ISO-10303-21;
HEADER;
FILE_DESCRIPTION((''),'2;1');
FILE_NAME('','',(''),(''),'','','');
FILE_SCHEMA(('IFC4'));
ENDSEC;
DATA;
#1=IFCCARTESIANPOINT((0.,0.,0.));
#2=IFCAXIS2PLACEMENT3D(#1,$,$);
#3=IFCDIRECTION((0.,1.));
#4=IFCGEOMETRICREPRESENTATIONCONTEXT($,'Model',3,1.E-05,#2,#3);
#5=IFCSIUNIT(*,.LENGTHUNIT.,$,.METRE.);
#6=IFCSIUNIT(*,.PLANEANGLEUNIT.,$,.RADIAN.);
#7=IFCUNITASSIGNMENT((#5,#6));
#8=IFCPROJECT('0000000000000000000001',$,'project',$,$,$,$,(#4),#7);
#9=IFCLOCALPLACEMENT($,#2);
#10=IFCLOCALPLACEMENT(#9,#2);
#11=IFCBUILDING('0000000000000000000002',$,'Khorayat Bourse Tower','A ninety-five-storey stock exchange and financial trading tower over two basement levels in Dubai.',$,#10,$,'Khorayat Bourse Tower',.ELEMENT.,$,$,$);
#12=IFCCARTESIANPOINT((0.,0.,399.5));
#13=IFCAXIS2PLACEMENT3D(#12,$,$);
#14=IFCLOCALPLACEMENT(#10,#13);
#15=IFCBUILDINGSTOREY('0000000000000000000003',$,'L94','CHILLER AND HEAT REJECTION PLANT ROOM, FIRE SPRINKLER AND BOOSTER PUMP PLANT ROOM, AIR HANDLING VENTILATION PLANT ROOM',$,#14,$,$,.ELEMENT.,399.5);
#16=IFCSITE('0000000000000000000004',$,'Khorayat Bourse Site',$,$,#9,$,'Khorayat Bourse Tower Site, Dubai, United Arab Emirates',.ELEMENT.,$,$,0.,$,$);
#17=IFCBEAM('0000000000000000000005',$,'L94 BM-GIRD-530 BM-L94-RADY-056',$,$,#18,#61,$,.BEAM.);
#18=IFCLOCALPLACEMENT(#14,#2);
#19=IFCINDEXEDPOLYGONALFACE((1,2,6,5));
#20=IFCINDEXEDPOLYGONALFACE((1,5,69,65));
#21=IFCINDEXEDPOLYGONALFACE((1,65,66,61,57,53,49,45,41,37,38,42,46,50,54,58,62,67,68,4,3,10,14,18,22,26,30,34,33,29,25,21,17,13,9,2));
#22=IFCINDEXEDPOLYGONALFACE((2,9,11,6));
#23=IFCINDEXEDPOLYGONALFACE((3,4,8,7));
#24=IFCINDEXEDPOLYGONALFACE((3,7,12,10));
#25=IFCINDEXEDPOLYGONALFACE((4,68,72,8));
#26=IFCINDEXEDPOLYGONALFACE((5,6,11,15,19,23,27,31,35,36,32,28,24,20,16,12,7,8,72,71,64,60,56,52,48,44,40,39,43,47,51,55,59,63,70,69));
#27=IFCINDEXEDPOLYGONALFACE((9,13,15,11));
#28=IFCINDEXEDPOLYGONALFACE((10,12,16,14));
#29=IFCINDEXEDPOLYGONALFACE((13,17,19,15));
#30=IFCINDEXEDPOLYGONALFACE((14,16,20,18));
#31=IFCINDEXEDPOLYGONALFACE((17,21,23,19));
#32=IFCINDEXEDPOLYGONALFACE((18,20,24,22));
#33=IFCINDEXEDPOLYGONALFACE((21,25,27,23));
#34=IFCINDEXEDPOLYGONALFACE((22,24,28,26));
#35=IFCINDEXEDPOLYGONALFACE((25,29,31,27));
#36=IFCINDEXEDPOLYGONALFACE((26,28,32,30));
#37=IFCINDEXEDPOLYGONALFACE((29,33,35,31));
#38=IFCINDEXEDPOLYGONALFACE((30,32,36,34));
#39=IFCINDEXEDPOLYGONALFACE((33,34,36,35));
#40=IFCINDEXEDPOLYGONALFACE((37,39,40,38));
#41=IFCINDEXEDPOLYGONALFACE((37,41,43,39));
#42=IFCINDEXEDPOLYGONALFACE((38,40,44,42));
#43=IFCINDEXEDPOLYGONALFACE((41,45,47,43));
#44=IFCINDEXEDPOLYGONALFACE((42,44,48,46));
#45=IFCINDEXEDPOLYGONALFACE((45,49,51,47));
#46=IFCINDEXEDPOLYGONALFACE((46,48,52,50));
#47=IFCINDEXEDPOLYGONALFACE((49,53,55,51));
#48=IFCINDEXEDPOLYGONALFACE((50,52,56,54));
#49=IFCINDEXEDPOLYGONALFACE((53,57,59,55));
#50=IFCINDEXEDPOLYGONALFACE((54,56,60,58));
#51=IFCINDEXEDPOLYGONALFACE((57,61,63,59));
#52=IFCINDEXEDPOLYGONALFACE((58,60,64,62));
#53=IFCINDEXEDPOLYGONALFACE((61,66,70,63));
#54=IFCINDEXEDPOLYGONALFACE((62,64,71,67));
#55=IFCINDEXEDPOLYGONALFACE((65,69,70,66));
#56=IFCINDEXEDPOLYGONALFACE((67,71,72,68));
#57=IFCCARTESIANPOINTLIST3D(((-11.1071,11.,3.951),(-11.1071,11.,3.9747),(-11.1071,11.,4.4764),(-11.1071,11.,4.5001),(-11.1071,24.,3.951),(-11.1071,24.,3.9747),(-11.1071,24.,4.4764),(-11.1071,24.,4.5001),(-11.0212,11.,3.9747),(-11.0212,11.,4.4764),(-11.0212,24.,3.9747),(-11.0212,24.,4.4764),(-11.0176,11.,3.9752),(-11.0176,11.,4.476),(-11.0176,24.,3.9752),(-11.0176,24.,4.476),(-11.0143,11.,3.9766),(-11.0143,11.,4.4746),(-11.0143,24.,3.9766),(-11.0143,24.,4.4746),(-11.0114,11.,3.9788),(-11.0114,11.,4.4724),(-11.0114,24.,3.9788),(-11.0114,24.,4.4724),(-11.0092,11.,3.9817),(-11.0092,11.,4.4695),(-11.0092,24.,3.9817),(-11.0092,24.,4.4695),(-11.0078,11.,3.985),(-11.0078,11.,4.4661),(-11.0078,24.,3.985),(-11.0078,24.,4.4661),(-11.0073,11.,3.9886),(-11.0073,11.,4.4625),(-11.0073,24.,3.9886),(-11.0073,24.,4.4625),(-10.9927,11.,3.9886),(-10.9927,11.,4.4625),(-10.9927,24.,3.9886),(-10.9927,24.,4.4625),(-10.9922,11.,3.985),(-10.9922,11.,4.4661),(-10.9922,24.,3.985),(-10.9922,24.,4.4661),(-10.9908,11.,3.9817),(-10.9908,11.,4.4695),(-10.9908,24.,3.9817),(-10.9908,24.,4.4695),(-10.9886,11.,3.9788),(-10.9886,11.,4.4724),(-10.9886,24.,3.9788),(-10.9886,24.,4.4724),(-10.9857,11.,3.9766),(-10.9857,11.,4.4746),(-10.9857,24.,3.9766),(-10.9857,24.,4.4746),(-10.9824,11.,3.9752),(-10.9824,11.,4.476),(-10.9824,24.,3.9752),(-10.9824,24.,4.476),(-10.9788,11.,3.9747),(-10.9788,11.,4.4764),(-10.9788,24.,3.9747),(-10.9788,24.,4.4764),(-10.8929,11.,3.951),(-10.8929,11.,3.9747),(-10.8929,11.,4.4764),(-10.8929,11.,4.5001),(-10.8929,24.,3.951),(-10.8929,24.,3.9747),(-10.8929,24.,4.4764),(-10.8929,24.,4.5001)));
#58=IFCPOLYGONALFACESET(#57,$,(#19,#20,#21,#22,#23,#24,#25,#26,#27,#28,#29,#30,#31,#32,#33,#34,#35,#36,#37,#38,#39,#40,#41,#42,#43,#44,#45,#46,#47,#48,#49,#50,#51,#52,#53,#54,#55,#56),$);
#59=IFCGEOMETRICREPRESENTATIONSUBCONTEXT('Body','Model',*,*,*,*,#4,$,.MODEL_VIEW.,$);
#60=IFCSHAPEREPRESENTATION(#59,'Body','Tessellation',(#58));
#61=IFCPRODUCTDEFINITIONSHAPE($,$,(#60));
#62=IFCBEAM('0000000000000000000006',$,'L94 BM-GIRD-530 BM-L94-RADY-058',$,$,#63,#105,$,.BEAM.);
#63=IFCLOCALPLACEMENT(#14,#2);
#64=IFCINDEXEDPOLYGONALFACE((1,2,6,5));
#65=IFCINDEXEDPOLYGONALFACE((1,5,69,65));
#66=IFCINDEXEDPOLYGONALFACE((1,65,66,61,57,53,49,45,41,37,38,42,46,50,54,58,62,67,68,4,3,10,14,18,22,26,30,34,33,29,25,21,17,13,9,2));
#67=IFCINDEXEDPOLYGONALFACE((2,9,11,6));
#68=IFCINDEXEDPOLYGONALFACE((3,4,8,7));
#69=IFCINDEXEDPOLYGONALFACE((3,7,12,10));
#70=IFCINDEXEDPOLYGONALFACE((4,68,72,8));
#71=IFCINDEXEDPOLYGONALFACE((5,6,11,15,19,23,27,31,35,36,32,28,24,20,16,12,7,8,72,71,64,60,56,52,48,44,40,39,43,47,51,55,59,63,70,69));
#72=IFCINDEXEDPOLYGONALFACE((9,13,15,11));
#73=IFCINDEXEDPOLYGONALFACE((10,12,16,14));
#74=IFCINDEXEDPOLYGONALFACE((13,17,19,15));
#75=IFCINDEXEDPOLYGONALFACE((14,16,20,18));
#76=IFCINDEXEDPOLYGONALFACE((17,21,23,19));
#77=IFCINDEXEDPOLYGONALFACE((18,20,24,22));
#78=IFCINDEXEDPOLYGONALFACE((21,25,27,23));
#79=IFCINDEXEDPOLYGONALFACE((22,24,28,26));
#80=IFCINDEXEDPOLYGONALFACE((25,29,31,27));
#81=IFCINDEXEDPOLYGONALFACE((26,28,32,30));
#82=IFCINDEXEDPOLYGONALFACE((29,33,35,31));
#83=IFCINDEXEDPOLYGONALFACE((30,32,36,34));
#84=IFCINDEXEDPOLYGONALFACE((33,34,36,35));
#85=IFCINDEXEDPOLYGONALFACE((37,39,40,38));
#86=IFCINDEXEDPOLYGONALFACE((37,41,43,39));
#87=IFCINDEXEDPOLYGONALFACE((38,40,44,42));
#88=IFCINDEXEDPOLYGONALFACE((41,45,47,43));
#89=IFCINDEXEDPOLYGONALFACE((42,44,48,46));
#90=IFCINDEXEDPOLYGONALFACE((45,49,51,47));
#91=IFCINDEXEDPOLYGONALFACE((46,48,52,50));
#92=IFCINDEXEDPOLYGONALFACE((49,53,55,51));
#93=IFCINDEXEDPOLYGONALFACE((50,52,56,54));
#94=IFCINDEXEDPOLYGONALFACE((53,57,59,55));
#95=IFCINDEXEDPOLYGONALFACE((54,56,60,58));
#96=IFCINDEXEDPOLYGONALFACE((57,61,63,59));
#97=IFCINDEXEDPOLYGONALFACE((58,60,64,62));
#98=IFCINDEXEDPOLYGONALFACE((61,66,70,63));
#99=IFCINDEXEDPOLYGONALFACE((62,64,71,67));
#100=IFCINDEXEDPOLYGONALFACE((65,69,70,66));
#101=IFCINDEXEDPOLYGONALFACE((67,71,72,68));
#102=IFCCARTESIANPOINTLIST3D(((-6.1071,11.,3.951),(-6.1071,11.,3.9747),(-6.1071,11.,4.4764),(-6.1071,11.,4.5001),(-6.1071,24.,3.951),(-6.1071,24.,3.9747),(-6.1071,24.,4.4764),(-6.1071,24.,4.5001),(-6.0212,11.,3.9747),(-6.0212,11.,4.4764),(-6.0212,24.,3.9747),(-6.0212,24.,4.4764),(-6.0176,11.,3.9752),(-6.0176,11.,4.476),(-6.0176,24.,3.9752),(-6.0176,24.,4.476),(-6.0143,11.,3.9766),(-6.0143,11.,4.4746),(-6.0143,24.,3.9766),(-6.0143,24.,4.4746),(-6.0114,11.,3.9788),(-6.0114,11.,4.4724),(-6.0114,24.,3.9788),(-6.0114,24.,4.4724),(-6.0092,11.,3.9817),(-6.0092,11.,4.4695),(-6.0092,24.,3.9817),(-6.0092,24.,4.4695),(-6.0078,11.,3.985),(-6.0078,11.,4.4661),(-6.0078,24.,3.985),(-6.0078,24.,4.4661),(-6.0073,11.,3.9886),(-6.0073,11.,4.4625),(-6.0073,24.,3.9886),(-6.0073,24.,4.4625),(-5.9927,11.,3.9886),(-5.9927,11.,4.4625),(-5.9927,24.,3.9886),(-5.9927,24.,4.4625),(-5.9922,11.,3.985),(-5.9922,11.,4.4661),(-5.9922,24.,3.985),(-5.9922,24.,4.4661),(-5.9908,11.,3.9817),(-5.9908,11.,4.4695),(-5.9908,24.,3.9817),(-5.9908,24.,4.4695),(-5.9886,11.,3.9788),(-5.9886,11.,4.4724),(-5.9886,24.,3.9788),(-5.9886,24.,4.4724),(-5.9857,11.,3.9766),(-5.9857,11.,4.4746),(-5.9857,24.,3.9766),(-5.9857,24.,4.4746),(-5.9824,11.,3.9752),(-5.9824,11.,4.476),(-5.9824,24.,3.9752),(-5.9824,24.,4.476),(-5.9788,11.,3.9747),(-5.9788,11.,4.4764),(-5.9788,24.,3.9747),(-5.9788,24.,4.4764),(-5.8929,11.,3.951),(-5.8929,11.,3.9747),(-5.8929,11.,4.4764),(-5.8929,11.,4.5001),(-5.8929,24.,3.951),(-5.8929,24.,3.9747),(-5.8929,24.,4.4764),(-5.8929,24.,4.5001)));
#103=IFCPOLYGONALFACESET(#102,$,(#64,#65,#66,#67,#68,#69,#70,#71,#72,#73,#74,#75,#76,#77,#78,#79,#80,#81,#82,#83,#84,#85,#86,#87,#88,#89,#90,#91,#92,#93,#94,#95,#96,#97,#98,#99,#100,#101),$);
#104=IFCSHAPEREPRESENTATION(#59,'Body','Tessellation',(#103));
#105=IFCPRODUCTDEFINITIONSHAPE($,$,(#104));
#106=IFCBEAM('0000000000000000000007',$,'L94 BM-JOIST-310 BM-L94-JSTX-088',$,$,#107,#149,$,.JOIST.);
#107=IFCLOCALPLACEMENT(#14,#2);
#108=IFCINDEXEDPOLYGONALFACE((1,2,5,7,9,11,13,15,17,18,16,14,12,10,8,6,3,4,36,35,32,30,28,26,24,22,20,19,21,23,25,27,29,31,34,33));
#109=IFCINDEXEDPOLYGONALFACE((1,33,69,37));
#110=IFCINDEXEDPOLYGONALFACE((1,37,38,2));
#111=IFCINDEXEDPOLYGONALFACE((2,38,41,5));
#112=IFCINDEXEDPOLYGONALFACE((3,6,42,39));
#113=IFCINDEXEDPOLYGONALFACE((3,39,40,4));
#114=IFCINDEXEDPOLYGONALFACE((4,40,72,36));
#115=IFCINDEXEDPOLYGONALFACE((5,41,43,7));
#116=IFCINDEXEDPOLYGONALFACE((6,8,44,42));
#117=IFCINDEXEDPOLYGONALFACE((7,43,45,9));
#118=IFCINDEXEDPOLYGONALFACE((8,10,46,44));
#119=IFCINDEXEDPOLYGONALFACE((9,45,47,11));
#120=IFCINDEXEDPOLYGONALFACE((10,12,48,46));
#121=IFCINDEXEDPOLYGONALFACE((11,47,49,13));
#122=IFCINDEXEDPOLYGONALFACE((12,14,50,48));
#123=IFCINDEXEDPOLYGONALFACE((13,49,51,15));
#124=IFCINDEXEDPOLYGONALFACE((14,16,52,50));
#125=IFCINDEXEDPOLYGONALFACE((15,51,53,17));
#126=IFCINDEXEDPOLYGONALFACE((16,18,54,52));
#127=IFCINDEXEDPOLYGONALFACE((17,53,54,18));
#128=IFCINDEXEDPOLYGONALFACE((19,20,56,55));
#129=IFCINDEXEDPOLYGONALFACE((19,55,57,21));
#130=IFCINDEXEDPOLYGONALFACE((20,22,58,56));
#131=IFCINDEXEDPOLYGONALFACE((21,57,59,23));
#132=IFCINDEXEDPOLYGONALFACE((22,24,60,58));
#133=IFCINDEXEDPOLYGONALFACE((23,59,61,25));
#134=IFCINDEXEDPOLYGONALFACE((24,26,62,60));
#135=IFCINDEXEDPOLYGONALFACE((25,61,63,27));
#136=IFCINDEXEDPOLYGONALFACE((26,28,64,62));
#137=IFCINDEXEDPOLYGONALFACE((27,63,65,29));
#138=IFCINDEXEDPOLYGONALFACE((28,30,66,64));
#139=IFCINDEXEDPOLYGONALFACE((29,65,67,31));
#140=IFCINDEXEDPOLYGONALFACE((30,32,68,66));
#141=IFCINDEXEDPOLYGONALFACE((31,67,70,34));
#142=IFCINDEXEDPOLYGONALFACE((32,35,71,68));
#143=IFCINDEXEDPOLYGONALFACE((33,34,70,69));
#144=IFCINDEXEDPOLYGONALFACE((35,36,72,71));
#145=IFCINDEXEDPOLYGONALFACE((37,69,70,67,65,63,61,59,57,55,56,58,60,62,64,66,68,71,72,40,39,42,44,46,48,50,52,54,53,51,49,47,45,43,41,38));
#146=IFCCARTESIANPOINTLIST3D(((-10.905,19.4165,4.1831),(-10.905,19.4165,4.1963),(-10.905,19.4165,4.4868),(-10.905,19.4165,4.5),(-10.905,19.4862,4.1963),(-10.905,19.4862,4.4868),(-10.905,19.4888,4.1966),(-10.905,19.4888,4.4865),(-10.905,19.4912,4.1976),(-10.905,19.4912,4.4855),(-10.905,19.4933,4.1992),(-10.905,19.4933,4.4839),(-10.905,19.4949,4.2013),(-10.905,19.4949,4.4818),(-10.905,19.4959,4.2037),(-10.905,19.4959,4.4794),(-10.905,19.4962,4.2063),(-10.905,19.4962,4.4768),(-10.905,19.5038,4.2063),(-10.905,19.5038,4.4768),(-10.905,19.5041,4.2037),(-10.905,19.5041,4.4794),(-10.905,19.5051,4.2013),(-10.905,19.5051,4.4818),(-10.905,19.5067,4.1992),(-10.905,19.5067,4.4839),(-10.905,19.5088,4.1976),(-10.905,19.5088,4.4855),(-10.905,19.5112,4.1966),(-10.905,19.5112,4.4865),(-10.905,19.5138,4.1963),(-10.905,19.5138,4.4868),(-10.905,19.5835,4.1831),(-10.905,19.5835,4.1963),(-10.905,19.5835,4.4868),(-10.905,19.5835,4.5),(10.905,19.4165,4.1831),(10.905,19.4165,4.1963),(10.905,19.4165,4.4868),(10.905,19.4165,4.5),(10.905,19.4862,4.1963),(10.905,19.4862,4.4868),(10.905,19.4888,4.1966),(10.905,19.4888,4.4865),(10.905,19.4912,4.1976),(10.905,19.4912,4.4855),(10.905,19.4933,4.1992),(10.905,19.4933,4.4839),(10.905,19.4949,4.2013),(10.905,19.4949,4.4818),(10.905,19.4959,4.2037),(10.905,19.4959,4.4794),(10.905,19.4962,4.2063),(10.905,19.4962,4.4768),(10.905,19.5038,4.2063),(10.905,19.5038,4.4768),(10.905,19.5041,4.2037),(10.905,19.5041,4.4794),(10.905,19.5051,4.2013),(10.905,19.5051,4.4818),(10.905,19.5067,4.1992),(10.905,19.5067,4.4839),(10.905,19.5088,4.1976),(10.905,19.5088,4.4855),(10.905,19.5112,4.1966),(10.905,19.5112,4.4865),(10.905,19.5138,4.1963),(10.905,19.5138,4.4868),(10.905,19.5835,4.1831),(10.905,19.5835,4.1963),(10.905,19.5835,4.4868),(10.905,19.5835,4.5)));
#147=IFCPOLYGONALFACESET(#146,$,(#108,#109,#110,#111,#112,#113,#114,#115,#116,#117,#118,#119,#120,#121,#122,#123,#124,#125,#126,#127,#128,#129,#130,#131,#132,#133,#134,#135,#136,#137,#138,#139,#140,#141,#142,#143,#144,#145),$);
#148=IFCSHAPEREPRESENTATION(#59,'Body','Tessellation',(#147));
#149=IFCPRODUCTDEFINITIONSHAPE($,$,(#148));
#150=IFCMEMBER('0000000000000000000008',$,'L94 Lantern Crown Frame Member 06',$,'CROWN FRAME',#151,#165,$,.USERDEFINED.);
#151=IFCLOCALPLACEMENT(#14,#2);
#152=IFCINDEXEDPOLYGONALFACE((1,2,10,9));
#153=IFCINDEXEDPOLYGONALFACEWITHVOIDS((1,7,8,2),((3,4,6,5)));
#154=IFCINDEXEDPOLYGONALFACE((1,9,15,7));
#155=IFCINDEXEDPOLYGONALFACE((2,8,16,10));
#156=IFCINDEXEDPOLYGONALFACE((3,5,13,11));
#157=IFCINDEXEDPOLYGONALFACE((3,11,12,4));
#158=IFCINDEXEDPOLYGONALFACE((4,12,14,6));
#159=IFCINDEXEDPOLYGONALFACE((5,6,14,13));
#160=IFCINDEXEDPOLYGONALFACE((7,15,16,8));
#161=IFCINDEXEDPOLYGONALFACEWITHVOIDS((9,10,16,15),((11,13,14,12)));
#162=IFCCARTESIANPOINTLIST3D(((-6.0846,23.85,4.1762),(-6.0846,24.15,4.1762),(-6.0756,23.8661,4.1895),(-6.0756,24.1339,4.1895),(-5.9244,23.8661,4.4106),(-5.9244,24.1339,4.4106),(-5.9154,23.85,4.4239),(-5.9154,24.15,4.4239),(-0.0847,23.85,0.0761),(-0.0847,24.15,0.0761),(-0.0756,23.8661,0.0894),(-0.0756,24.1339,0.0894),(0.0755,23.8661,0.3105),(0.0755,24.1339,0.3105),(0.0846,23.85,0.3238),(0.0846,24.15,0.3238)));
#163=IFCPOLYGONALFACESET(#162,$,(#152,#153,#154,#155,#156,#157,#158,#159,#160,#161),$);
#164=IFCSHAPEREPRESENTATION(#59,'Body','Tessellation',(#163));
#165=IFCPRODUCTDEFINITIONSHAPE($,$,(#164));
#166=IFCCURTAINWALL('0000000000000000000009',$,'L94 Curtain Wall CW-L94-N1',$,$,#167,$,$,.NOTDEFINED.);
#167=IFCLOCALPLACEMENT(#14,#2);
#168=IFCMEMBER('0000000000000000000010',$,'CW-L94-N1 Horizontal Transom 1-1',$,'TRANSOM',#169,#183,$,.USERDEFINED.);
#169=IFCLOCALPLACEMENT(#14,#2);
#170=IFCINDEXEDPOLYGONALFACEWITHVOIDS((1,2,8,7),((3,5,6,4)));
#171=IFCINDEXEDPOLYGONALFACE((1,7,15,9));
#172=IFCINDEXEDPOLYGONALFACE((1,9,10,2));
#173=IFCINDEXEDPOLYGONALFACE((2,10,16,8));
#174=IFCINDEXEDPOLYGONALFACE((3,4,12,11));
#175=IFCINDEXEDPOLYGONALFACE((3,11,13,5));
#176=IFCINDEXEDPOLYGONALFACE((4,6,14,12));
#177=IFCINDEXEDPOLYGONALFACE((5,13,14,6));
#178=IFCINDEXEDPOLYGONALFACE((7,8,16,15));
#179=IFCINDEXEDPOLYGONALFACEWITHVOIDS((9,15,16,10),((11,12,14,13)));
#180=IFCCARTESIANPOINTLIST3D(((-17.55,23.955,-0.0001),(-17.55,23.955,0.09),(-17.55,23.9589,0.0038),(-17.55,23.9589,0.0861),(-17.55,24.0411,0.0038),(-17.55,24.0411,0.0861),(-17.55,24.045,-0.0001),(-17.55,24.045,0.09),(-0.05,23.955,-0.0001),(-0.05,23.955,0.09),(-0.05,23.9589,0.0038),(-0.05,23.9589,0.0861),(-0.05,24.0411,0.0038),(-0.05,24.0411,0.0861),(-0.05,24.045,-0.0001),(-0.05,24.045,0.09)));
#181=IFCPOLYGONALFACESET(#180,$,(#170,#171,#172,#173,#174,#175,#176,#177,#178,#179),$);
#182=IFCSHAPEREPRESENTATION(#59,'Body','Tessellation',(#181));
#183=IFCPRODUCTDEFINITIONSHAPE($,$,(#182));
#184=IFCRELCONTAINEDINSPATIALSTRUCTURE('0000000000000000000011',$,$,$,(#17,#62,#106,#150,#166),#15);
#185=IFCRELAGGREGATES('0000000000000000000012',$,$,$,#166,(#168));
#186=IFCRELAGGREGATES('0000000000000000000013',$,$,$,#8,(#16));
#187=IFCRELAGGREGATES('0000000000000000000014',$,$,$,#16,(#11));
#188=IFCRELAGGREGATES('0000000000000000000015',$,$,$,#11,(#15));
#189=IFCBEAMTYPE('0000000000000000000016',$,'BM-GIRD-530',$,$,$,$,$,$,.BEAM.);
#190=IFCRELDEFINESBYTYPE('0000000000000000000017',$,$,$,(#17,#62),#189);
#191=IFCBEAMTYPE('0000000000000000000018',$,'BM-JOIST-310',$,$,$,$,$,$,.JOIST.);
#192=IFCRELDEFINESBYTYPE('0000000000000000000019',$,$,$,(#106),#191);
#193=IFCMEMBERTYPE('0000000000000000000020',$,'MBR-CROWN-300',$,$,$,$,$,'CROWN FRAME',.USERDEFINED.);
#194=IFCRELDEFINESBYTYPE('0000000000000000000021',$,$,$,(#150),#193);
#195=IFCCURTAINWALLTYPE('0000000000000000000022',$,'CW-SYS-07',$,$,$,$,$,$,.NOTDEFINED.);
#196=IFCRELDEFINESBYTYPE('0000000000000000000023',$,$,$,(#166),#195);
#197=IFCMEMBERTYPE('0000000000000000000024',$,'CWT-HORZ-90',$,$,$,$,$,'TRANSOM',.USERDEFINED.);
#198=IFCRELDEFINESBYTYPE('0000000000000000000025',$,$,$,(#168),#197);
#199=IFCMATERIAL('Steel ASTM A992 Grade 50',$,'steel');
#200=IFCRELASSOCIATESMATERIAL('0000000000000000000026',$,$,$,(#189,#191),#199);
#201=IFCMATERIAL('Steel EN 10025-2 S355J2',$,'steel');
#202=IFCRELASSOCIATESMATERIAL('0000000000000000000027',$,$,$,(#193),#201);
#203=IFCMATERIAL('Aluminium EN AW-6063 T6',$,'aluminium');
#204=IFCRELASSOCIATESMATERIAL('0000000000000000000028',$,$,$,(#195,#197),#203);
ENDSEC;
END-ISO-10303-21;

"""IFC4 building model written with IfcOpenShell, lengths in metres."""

from ifc_helpers import new_model, si_unit, direction, frame, origin, origin_2d, place, context, subcontext, project, spatial, hollow_rectangle, i_section, extrude, source, transform, mapped, material, material_profile, profile_set, type_object, element, aggregate, save


model = new_model("IFC4")

# Units and contexts
model_context = context("Model", 3, precision=1e-05, world=origin(), true_north=direction((0.0, 1.0)))
body_context = subcontext(model_context, "Body", "Model", "MODEL_VIEW")
ifc_project = project(units=[si_unit("LENGTHUNIT", "METRE"), si_unit("PLANEANGLEUNIT", "RADIAN")], contexts=[model_context])

# Site, building, storey
site_placement = place(None, origin())
site = spatial("IfcSite", under=ifc_project, at=site_placement, Name="Khorayat Bourse Site", LongName="Khorayat Bourse Tower Site, Dubai, United Arab Emirates", CompositionType="ELEMENT", RefElevation=0.0)
building_placement = place(site_placement, origin())
building = spatial("IfcBuilding", under=site, at=building_placement, Name="Khorayat Bourse Tower", Description="A ninety-five-storey stock exchange and financial trading tower over two basement levels in Dubai.", LongName="Khorayat Bourse Tower", CompositionType="ELEMENT")
storey_placement = place(building_placement, frame((0.0, 0.0, 399.5)))
storey = spatial("IfcBuildingStorey", under=building, at=storey_placement, Name="L94", Description="CHILLER AND HEAT REJECTION PLANT ROOM, FIRE SPRINKLER AND BOOSTER PUMP PLANT ROOM, AIR HANDLING VENTILATION PLANT ROOM", CompositionType="ELEMENT", Elevation=399.5)

# Shared definitions
ifc_material_1 = material(Name="Steel EN 10025-2 S355J2", Category="steel")

# Beams
ifc_material_2 = material(Name="Steel ASTM A992 Grade 50", Category="steel")
ifc_material_profile_1 = material_profile(ifc_material_2, i_section(OverallWidth=0.2141, OverallDepth=0.5491, WebThickness=0.0146, FlangeThickness=0.0237, FilletRadius=0.0139, at=origin_2d()), Name="W530X138")
ifc_profile_set_1 = profile_set([ifc_material_profile_1], Name="Steel ASTM A992 Grade 50")
beam_type_1 = type_object("IfcBeamType", Name="BM-GIRD-530", PredefinedType="BEAM", material=ifc_profile_set_1)
shared_shape_1 = source(origin(), body_context, "Body", "SweptSolid", [
    extrude(i_section(OverallWidth=0.2141, OverallDepth=0.5491, WebThickness=0.0146, FlangeThickness=0.0237, FilletRadius=0.0139, at=origin_2d()), origin(), (0.0, 0.0, 1.0), 13.0),
])
for number, where, z_axis, x_axis, name in (
    (1, (-11.0, 11.0, 4.2256), (0.0, 1.0, 0.0), (-1.0, 0.0, 0.0), "L94 BM-GIRD-530 BM-L94-RADY-056"),
    (2, (-6.0, 11.0, 4.2256), (0.0, 1.0, 0.0), (-1.0, 0.0, 0.0), "L94 BM-GIRD-530 BM-L94-RADY-058"),
):
    element("IfcBeam", number, at=place(storey_placement, frame(where, z_axis=z_axis, x_axis=x_axis)), inside=storey, type_object=beam_type_1, Name=name, PredefinedType="BEAM", context=body_context, shape_type="MappedRepresentation", body=[
        mapped(shared_shape_1, transform((0.0, 0.0, 0.0), scale=1.0)),
    ])
ifc_material_profile_2 = material_profile(ifc_material_2, i_section(OverallWidth=0.167, OverallDepth=0.3169, WebThickness=0.0076, FlangeThickness=0.0132, FilletRadius=0.01, at=origin_2d()), Name="W310X52")
ifc_profile_set_2 = profile_set([ifc_material_profile_2], Name="Steel ASTM A992 Grade 50")
beam_type_2 = type_object("IfcBeamType", Name="BM-JOIST-310", PredefinedType="JOIST", material=ifc_profile_set_2)
shared_shape_2 = source(origin(), body_context, "Body", "SweptSolid", [
    extrude(i_section(OverallWidth=0.167, OverallDepth=0.3169, WebThickness=0.0076, FlangeThickness=0.0132, FilletRadius=0.01, at=origin_2d()), origin(), (0.0, 0.0, 1.0), 21.8101),
])
beam_1_placement = place(storey_placement, frame((-10.905, 19.5, 4.3416), z_axis=(1.0, 0.0, 0.0), x_axis=(0.0, 1.0, 0.0)))
element("IfcBeam", 3, at=beam_1_placement, inside=storey, type_object=beam_type_2, Name="L94 BM-JOIST-310 BM-L94-JSTX-088", PredefinedType="JOIST", context=body_context, shape_type="MappedRepresentation", body=[
    mapped(shared_shape_2, transform((0.0, 0.0, 0.0), scale=1.0)),
])

# Member
ifc_material_profile_3 = material_profile(ifc_material_1, hollow_rectangle(XDim=0.3, YDim=0.3, WallThickness=0.0161, at=origin_2d()), Name="HSS 300x300x16")
ifc_profile_set_3 = profile_set([ifc_material_profile_3], Name="Steel EN 10025-2 S355J2")
member_type_1 = type_object("IfcMemberType", Name="MBR-CROWN-300", ElementType="CROWN FRAME", PredefinedType="USERDEFINED", material=ifc_profile_set_3)
shared_shape_3 = source(origin(), body_context, "Body", "SweptSolid", [
    extrude(hollow_rectangle(XDim=0.3, YDim=0.3, WallThickness=0.0161, at=origin_2d()), origin(), (0.0, 0.0, 1.0), 7.2671),
])
member_1_placement = place(storey_placement, frame((-6.0, 24.0, 4.3), z_axis=(0.825638, 0.0, -0.5642), x_axis=(0.0, 1.0, 0.0)))
element("IfcMember", 4, at=member_1_placement, inside=storey, type_object=member_type_1, Name="L94 Lantern Crown Frame Member 06", ObjectType="CROWN FRAME", PredefinedType="USERDEFINED", context=body_context, shape_type="MappedRepresentation", body=[
    mapped(shared_shape_3, transform((0.0, 0.0, 0.0), scale=1.0)),
])

# Curtain wall, member
ifc_material_3 = material(Name="Aluminium EN AW-6063 T6", Category="aluminium")
curtain_wall_type = type_object("IfcCurtainWallType", Name="CW-SYS-07", PredefinedType="NOTDEFINED", material=ifc_material_3)
curtain_wall_placement = place(storey_placement, origin())
curtain_wall = element("IfcCurtainWall", 5, at=curtain_wall_placement, inside=storey, type_object=curtain_wall_type, Name="L94 Curtain Wall CW-L94-N1", PredefinedType="NOTDEFINED")
ifc_material_profile_4 = material_profile(ifc_material_3, hollow_rectangle(XDim=0.0901, YDim=0.0901, WallThickness=0.0039, at=origin_2d()), Name="ALU 90x90x4")
ifc_profile_set_4 = profile_set([ifc_material_profile_4], Name="Aluminium EN AW-6063 T6")
member_type_2 = type_object("IfcMemberType", Name="CWT-HORZ-90", ElementType="TRANSOM", PredefinedType="USERDEFINED", material=ifc_profile_set_4)
shared_shape_4 = source(origin(), body_context, "Body", "SweptSolid", [
    extrude(hollow_rectangle(XDim=0.0901, YDim=0.0901, WallThickness=0.0039, at=origin_2d()), origin(), (0.0, 0.0, 1.0), 17.5),
])
member_2_placement = place(storey_placement, frame((-17.55, 24.0, 0.0449), z_axis=(1.0, 0.0, 0.0), x_axis=(0.0, 1.0, 0.0)))
member_2 = element("IfcMember", 6, at=member_2_placement, type_object=member_type_2, Name="CW-L94-N1 Horizontal Transom 1-1", ObjectType="TRANSOM", PredefinedType="USERDEFINED", context=body_context, shape_type="MappedRepresentation", body=[
    mapped(shared_shape_4, transform((0.0, 0.0, 0.0), scale=1.0)),
])

aggregate(curtain_wall, [member_2])

save(model, "model.ifc")
